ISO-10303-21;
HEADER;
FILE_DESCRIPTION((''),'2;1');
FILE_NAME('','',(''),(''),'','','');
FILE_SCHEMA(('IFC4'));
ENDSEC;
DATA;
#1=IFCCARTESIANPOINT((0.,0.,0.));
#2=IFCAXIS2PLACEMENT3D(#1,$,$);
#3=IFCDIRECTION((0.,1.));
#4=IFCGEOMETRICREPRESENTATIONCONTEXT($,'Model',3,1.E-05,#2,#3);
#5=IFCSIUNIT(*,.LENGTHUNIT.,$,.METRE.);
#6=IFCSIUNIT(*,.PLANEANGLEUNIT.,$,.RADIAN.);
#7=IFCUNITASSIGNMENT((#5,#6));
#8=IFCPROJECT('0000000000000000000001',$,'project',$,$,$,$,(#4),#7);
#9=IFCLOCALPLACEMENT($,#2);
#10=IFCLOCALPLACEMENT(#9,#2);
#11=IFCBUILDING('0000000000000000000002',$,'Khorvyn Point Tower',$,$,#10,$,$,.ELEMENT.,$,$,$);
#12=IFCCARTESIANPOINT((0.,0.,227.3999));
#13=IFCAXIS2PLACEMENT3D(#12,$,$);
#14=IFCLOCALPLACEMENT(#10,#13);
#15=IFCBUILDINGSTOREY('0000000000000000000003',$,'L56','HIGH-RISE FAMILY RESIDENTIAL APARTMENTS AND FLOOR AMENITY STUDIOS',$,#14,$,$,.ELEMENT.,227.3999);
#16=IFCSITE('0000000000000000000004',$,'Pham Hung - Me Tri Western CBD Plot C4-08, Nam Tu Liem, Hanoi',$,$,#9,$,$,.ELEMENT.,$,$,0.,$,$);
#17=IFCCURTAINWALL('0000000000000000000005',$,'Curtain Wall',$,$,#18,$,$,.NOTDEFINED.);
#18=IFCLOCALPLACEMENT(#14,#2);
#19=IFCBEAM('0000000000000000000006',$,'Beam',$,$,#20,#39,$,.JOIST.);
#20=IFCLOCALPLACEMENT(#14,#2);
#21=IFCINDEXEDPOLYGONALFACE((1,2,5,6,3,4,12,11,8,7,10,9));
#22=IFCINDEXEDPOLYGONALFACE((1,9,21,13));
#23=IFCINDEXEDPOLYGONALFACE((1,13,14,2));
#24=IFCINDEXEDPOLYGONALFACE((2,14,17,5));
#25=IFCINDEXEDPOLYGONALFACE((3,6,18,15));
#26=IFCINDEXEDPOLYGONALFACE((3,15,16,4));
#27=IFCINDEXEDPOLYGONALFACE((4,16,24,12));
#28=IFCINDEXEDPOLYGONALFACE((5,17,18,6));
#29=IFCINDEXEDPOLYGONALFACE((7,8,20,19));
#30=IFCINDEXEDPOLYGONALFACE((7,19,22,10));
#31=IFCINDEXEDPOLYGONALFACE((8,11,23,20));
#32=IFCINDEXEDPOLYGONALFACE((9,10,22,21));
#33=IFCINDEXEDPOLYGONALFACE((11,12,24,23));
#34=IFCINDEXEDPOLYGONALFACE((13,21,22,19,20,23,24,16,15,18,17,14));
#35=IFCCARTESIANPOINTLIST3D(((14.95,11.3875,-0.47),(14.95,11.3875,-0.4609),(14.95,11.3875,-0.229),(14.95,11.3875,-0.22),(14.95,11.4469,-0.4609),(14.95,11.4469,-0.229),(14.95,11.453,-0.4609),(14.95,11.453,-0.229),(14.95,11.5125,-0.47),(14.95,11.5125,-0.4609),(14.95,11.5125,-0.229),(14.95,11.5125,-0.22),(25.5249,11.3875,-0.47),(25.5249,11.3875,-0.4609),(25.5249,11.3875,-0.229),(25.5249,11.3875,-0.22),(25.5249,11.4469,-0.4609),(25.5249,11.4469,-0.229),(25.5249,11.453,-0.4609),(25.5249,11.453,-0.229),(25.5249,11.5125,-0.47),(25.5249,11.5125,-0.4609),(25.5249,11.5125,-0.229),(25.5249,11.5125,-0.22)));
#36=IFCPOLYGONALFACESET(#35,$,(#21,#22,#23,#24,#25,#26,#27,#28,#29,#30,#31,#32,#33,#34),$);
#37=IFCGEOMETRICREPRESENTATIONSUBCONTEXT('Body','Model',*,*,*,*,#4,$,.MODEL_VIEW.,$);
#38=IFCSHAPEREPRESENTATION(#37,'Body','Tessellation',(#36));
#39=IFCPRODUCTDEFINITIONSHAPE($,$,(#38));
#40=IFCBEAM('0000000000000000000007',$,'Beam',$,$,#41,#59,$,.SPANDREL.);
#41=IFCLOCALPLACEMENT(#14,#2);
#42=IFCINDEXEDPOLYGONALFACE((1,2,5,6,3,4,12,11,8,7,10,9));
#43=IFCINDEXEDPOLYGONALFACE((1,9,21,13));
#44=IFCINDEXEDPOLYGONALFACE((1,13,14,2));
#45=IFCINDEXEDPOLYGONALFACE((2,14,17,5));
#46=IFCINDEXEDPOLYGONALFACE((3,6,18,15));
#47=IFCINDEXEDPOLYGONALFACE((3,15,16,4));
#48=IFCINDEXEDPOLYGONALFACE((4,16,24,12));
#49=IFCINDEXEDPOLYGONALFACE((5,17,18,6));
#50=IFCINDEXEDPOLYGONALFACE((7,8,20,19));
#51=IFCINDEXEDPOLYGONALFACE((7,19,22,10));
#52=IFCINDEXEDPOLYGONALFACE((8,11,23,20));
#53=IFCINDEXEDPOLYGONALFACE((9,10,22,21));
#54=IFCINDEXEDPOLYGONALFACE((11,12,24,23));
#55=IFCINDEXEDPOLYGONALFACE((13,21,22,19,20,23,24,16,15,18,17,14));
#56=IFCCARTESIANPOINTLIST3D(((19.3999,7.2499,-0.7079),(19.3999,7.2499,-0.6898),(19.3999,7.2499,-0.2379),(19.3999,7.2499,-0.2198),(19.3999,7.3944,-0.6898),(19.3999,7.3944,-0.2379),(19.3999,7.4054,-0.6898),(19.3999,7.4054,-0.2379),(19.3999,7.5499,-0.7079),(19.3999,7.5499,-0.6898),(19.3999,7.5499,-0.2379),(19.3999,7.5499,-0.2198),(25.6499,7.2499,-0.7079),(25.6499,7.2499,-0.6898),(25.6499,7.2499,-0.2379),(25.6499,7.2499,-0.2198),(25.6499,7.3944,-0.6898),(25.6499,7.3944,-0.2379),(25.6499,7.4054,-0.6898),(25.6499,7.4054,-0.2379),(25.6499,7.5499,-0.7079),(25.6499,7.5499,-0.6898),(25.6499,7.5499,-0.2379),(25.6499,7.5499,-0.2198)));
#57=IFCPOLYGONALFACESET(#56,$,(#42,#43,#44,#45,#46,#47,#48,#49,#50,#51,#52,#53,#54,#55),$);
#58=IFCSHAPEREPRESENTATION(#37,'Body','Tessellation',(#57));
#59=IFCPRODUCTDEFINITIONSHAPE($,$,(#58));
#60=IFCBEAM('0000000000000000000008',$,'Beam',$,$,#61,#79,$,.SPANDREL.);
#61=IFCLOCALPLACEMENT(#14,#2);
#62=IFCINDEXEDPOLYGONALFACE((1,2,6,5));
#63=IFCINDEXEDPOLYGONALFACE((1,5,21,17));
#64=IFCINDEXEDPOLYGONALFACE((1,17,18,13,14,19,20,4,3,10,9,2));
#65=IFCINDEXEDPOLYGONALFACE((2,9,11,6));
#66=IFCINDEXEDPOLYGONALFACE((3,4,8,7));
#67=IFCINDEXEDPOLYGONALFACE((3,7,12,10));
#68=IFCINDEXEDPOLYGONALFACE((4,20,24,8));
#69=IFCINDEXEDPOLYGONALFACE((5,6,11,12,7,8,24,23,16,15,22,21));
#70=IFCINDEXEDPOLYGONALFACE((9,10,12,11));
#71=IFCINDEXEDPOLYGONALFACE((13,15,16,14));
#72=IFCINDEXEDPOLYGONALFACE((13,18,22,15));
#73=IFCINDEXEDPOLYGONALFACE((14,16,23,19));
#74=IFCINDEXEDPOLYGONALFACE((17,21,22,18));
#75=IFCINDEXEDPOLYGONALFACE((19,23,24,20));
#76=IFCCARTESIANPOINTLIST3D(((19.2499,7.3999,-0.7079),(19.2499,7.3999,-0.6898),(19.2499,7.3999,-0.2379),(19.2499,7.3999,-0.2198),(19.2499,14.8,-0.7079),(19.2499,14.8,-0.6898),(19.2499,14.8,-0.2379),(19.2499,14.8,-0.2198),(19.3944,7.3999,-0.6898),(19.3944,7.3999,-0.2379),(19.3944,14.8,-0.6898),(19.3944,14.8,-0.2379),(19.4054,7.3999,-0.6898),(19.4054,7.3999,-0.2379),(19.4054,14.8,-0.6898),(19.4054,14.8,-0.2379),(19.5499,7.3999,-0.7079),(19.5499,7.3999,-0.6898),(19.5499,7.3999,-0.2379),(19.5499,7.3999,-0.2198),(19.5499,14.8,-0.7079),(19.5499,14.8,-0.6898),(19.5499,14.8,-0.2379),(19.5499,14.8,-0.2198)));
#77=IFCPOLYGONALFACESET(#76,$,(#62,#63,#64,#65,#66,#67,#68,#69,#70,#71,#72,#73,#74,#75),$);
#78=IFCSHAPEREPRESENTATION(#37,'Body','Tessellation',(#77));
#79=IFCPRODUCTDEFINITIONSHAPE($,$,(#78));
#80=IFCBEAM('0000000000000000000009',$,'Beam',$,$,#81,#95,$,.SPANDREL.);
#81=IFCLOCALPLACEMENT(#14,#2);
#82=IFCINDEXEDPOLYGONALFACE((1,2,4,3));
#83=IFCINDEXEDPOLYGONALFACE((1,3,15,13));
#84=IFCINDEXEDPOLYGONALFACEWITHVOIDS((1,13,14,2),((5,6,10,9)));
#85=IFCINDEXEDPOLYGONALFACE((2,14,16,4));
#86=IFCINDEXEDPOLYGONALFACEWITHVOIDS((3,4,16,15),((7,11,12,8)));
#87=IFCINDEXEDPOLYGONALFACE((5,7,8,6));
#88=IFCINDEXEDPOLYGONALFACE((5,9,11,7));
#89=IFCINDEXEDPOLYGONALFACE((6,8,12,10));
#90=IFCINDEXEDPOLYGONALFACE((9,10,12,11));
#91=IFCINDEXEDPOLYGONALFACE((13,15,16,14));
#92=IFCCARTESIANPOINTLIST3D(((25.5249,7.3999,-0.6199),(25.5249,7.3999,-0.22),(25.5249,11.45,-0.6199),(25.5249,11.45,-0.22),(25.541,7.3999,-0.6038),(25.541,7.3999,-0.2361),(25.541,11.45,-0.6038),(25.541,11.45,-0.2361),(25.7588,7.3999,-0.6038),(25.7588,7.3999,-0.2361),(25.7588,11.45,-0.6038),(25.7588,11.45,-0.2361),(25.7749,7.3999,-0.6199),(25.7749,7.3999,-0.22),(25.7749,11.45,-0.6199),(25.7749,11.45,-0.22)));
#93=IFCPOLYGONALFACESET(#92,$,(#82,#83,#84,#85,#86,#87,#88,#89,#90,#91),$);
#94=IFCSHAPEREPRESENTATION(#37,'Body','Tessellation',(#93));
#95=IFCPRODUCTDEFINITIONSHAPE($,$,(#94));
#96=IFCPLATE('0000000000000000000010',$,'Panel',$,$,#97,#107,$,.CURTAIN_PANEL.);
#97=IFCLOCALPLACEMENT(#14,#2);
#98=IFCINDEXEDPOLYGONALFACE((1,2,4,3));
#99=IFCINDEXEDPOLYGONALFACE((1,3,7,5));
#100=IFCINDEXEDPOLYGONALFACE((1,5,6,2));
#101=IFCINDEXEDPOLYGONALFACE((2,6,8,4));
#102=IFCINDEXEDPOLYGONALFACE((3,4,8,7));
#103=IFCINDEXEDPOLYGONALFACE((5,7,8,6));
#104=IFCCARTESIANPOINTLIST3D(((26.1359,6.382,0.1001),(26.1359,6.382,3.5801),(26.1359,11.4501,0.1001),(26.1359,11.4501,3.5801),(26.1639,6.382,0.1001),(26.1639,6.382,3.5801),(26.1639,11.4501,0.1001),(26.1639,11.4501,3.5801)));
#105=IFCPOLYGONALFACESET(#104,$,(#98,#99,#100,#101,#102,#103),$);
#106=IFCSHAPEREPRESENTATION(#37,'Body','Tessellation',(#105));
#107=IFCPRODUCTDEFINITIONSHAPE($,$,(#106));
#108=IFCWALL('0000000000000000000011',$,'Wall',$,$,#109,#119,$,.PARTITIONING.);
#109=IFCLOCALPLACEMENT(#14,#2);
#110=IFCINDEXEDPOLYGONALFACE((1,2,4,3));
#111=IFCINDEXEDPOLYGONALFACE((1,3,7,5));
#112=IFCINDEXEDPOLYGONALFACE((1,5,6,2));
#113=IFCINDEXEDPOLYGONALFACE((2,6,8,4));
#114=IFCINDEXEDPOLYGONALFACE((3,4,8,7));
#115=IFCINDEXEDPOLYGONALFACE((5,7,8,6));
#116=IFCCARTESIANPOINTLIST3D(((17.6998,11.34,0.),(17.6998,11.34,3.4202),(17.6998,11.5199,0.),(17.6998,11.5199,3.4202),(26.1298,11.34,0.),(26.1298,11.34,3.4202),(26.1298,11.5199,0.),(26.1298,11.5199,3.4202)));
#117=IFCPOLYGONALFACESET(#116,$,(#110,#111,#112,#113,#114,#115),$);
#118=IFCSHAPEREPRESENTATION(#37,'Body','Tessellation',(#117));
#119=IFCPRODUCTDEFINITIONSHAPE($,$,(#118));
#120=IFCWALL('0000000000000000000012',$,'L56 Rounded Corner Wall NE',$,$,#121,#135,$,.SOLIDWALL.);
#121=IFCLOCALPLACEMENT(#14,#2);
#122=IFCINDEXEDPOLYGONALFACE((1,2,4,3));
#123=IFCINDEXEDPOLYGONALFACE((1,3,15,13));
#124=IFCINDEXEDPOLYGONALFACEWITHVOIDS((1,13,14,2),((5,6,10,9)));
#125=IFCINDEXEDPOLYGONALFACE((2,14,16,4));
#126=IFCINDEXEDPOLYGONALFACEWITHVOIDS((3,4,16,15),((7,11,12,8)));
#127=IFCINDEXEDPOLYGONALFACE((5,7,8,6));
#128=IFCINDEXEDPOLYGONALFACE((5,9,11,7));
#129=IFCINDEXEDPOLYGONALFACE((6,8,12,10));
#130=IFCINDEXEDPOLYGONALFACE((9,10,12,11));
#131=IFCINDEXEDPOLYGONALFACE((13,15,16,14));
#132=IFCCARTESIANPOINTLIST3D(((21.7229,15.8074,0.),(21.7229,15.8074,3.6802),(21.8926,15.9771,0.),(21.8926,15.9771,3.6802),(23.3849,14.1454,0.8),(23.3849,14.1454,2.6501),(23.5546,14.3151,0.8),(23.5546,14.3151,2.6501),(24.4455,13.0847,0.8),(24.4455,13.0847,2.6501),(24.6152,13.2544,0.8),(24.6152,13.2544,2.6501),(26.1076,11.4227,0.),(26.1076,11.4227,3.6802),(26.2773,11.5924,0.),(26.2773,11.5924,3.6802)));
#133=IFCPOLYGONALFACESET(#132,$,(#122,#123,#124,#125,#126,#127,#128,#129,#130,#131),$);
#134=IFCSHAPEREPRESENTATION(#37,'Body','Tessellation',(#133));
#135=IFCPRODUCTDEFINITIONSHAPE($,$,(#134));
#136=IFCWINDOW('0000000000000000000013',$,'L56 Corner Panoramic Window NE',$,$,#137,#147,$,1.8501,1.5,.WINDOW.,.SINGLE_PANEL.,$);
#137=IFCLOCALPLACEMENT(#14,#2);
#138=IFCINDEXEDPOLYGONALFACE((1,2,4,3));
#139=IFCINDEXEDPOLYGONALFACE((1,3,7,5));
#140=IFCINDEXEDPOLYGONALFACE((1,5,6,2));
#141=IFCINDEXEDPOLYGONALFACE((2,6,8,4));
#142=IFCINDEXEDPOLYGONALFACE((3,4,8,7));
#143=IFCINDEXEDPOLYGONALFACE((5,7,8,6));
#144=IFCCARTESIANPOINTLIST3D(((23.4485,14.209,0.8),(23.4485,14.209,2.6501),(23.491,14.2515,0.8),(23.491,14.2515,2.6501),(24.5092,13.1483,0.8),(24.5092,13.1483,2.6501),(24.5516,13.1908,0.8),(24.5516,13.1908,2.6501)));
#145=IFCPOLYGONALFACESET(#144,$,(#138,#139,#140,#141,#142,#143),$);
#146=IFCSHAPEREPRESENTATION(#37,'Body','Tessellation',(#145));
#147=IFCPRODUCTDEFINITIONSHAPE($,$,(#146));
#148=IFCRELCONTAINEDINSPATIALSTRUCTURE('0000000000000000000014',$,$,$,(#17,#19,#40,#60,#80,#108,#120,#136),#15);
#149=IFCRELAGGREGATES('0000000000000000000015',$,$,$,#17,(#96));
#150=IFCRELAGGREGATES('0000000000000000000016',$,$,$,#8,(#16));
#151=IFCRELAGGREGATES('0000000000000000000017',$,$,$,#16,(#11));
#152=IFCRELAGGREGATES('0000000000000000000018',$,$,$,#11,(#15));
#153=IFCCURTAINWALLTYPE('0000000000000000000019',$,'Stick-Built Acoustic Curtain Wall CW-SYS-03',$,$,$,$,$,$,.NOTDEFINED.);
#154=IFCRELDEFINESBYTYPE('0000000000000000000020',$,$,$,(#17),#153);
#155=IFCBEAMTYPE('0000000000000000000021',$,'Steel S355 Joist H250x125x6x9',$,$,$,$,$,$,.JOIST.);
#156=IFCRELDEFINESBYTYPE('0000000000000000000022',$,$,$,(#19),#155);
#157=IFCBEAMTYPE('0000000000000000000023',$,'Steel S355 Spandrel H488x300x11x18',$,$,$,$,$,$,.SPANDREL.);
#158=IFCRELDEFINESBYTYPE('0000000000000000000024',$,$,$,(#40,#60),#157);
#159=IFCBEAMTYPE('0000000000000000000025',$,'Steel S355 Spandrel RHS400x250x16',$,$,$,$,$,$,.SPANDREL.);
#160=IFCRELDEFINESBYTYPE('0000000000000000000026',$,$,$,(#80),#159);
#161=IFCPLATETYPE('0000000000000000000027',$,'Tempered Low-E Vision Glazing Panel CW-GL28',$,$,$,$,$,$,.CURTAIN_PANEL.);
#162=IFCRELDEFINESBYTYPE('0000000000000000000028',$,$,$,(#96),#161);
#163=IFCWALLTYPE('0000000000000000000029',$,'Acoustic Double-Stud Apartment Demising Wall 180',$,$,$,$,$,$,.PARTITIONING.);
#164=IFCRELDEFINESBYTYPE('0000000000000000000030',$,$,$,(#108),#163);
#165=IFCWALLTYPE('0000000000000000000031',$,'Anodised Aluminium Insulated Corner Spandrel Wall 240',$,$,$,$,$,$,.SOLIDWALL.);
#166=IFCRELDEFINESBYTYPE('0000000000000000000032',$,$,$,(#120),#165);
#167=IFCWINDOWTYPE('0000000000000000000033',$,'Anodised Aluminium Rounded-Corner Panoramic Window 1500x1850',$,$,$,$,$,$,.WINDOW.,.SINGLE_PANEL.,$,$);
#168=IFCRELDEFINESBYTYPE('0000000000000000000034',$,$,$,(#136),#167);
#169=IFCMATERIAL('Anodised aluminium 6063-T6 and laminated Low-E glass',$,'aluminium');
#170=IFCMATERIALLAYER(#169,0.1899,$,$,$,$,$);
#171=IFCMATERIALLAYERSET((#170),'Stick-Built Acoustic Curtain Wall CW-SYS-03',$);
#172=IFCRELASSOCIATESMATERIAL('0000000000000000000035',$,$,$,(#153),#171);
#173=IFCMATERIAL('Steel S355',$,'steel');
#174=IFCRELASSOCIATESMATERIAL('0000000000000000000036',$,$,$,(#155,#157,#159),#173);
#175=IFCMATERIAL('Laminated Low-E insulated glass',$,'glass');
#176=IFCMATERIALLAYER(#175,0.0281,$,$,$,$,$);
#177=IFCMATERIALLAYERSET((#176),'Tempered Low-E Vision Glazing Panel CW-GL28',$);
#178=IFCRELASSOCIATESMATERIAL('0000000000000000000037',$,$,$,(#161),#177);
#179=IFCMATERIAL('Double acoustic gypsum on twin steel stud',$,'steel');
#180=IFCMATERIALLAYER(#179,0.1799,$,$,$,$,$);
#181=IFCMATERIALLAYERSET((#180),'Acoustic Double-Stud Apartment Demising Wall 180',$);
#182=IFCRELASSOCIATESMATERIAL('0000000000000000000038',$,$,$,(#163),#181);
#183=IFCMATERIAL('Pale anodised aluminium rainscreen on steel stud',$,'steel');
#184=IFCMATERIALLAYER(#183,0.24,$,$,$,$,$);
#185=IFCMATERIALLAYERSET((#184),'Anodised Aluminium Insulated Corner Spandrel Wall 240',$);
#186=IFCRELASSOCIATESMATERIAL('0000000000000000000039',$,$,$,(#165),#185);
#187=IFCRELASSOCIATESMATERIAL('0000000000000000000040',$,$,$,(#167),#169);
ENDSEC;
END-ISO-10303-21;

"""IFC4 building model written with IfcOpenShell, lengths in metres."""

from ifc_helpers import new_model, si_unit, direction, frame, frame_2d, origin, origin_2d, place, context, subcontext, project, spatial, rectangle, hollow_rectangle, i_section, extrude, material, layer, layer_set, material_profile, profile_set, type_object, element, fill, aggregate, save


model = new_model("IFC4")

# Units and contexts
model_context = context("Model", 3, precision=1e-05, world=origin(), true_north=direction((0.0, 1.0)))
body_context = subcontext(model_context, "Body", "Model", "MODEL_VIEW")
ifc_project = project(units=[si_unit("LENGTHUNIT", "METRE"), si_unit("PLANEANGLEUNIT", "RADIAN")], contexts=[model_context])

# Site, building, storey
site_placement = place(None, origin())
site = spatial("IfcSite", under=ifc_project, at=site_placement, Name="Pham Hung - Me Tri Western CBD Plot C4-08, Nam Tu Liem, Hanoi", CompositionType="ELEMENT", RefElevation=0.0)
building_placement = place(site_placement, origin())
building = spatial("IfcBuilding", under=site, at=building_placement, Name="Khorvyn Point Tower", CompositionType="ELEMENT")
storey_placement = place(building_placement, frame((0.0, 0.0, 227.3999)))
storey = spatial("IfcBuildingStorey", under=building, at=storey_placement, Name="L56", Description="HIGH-RISE FAMILY RESIDENTIAL APARTMENTS AND FLOOR AMENITY STUDIOS", CompositionType="ELEMENT", Elevation=227.3999)

# Shared definitions
ifc_material_1 = material(Name="Anodised aluminium 6063-T6 and laminated Low-E glass", Category="aluminium")
ifc_layer_1 = layer(ifc_material_1, 0.1899)
ifc_layer_set_1 = layer_set([ifc_layer_1], Name="Stick-Built Acoustic Curtain Wall CW-SYS-03")
curtain_wall_type = type_object("IfcCurtainWallType", Name="Stick-Built Acoustic Curtain Wall CW-SYS-03", PredefinedType="NOTDEFINED", material=ifc_layer_set_1)

# Curtain wall
curtain_wall_1_placement = place(storey_placement, origin())
curtain_wall_1 = element("IfcCurtainWall", 1, at=curtain_wall_1_placement, inside=storey, type_object=curtain_wall_type, Name="Curtain Wall", PredefinedType="NOTDEFINED")

# Beams
ifc_material_2 = material(Name="Steel S355", Category="steel")
ifc_material_profile_1 = material_profile(ifc_material_2, i_section(OverallWidth=0.125, OverallDepth=0.25, WebThickness=0.0061, FlangeThickness=0.009, at=origin_2d()))
ifc_profile_set_1 = profile_set([ifc_material_profile_1], Name="Steel S355 H250x125x6x9")
beam_type_1 = type_object("IfcBeamType", Name="Steel S355 Joist H250x125x6x9", PredefinedType="JOIST", material=ifc_profile_set_1)
beam_1_placement = place(storey_placement, frame((14.95, 11.45, -0.345), z_axis=(1.0, 0.0, 0.0), x_axis=(0.0, 1.0, 0.0)))
element("IfcBeam", 2, at=beam_1_placement, inside=storey, type_object=beam_type_1, Name="Beam", PredefinedType="JOIST", context=body_context, shape_type="SweptSolid", body=[
    extrude(i_section(OverallWidth=0.125, OverallDepth=0.25, WebThickness=0.0061, FlangeThickness=0.009, at=origin_2d()), origin(), (0.0, 0.0, 1.0), 10.575),
])
ifc_material_profile_2 = material_profile(ifc_material_2, i_section(OverallWidth=0.3, OverallDepth=0.488, WebThickness=0.011, FlangeThickness=0.0181, at=origin_2d()))
ifc_profile_set_2 = profile_set([ifc_material_profile_2], Name="Steel S355 H488x300x11x18")
beam_type_2 = type_object("IfcBeamType", Name="Steel S355 Spandrel H488x300x11x18", PredefinedType="SPANDREL", material=ifc_profile_set_2)
beam_2_placement = place(storey_placement, frame((19.3999, 7.3999, -0.4639), z_axis=(1.0, 0.0, 0.0), x_axis=(0.0, 1.0, 0.0)))
element("IfcBeam", 3, at=beam_2_placement, inside=storey, type_object=beam_type_2, Name="Beam", PredefinedType="SPANDREL", context=body_context, shape_type="SweptSolid", body=[
    extrude(i_section(OverallWidth=0.3, OverallDepth=0.488, WebThickness=0.011, FlangeThickness=0.0181, at=origin_2d()), origin(), (0.0, 0.0, 1.0), 6.25),
])
beam_3_placement = place(storey_placement, frame((19.3999, 7.3999, -0.4639), z_axis=(0.0, 1.0, 0.0), x_axis=(-1.0, 0.0, 0.0)))
element("IfcBeam", 4, at=beam_3_placement, inside=storey, type_object=beam_type_2, Name="Beam", PredefinedType="SPANDREL", context=body_context, shape_type="SweptSolid", body=[
    extrude(i_section(OverallWidth=0.3, OverallDepth=0.488, WebThickness=0.011, FlangeThickness=0.0181, at=origin_2d()), origin(), (0.0, 0.0, 1.0), 7.4001),
])
ifc_material_profile_3 = material_profile(ifc_material_2, hollow_rectangle(XDim=0.25, YDim=0.3999, WallThickness=0.0161, at=origin_2d()))
ifc_profile_set_3 = profile_set([ifc_material_profile_3], Name="Steel S355 RHS400x250x16")
beam_type_3 = type_object("IfcBeamType", Name="Steel S355 Spandrel RHS400x250x16", PredefinedType="SPANDREL", material=ifc_profile_set_3)
beam_4_placement = place(storey_placement, frame((25.6499, 7.3999, -0.4199), z_axis=(0.0, 1.0, 0.0), x_axis=(-1.0, 0.0, 0.0)))
element("IfcBeam", 5, at=beam_4_placement, inside=storey, type_object=beam_type_3, Name="Beam", PredefinedType="SPANDREL", context=body_context, shape_type="SweptSolid", body=[
    extrude(hollow_rectangle(XDim=0.25, YDim=0.3999, WallThickness=0.0161, at=origin_2d()), origin(), (0.0, 0.0, 1.0), 4.05),
])

# Plate
ifc_material_3 = material(Name="Laminated Low-E insulated glass", Category="glass")
ifc_layer_2 = layer(ifc_material_3, 0.0281)
ifc_layer_set_2 = layer_set([ifc_layer_2], Name="Tempered Low-E Vision Glazing Panel CW-GL28")
plate_type = type_object("IfcPlateType", Name="Tempered Low-E Vision Glazing Panel CW-GL28", PredefinedType="CURTAIN_PANEL", material=ifc_layer_set_2)
plate_placement = place(storey_placement, frame((26.1499, 8.916, 0.1001), z_axis=(0.0, 0.0, 1.0), x_axis=(0.0, -1.0, 0.0)))
plate = element("IfcPlate", 6, at=plate_placement, type_object=plate_type, Name="Panel", PredefinedType="CURTAIN_PANEL", context=body_context, shape_type="SweptSolid", body=[
    extrude(rectangle(XDim=5.0681, YDim=0.0281, at=origin_2d()), origin(), (0.0, 0.0, 1.0), 3.48),
])
aggregate(curtain_wall_1, [plate])

# Wall
ifc_material_4 = material(Name="Double acoustic gypsum on twin steel stud", Category="steel")
ifc_layer_3 = layer(ifc_material_4, 0.1799)
ifc_layer_set_3 = layer_set([ifc_layer_3], Name="Acoustic Double-Stud Apartment Demising Wall 180")
wall_type_1 = type_object("IfcWallType", Name="Acoustic Double-Stud Apartment Demising Wall 180", PredefinedType="PARTITIONING", material=ifc_layer_set_3)
wall_1_placement = place(storey_placement, frame((17.7, 11.4299, 0.0), z_axis=(0.0, 0.0, 1.0), x_axis=(1.0, 0.0, 0.0)))
element("IfcWall", 7, at=wall_1_placement, inside=storey, type_object=wall_type_1, Name="Wall", PredefinedType="PARTITIONING", context=body_context, shape_type="SweptSolid", body=[
    extrude(rectangle(XDim=8.4299, YDim=0.1799, at=frame_2d((4.2148, 0.0))), origin(), (0.0, 0.0, 1.0), 3.4202),
])

# Wall, opening, window
ifc_material_5 = material(Name="Pale anodised aluminium rainscreen on steel stud", Category="steel")
ifc_layer_4 = layer(ifc_material_5, 0.24)
ifc_layer_set_4 = layer_set([ifc_layer_4], Name="Anodised Aluminium Insulated Corner Spandrel Wall 240")
wall_type_2 = type_object("IfcWallType", Name="Anodised Aluminium Insulated Corner Spandrel Wall 240", PredefinedType="SOLIDWALL", material=ifc_layer_set_4)
wall_2_placement = place(storey_placement, frame((21.8076, 15.8923, 0.0), z_axis=(0.0, 0.0, 1.0), x_axis=(0.707107, -0.707107, 0.0)))
wall_2 = element("IfcWall", 8, at=wall_2_placement, inside=storey, type_object=wall_type_2, Name="L56 Rounded Corner Wall NE", PredefinedType="SOLIDWALL", context=body_context, shape_type="SweptSolid", body=[
    extrude(rectangle(XDim=6.2009, YDim=0.24, at=frame_2d((3.1006, 0.0))), origin(), (0.0, 0.0, 1.0), 3.6802),
])
opening_1_placement = place(wall_2_placement, frame((2.3506, 0.0, 0.8)))
opening_1 = element("IfcOpeningElement", 9, at=opening_1_placement, cuts=wall_2, PredefinedType="OPENING", context=body_context, shape_type="SweptSolid", body=[
    extrude(rectangle(XDim=1.5, YDim=1.8501, at=frame_2d((0.75, 0.925))), frame((0.0, 0.1299, 0.0), z_axis=(0.0, -1.0, 0.0), x_axis=(1.0, 0.0, 0.0)), (0.0, 0.0, 1.0), 0.26),
])
window_type = type_object("IfcWindowType", Name="Anodised Aluminium Rounded-Corner Panoramic Window 1500x1850", PartitioningType="SINGLE_PANEL", PredefinedType="WINDOW", material=ifc_material_1)
window_placement = place(opening_1_placement, origin())
window = element("IfcWindow", 10, at=window_placement, inside=storey, type_object=window_type, Name="L56 Corner Panoramic Window NE", OverallHeight=1.8501, OverallWidth=1.5, PartitioningType="SINGLE_PANEL", PredefinedType="WINDOW", context=body_context, shape_type="SweptSolid", body=[
    extrude(rectangle(XDim=1.5, YDim=1.8501, at=frame_2d((0.75, 0.925))), frame((0.0, 0.03, 0.0), z_axis=(0.0, -1.0, 0.0), x_axis=(1.0, 0.0, 0.0)), (0.0, 0.0, 1.0), 0.0601),
])
fill(opening_1, window)

save(model, "model.ifc")
